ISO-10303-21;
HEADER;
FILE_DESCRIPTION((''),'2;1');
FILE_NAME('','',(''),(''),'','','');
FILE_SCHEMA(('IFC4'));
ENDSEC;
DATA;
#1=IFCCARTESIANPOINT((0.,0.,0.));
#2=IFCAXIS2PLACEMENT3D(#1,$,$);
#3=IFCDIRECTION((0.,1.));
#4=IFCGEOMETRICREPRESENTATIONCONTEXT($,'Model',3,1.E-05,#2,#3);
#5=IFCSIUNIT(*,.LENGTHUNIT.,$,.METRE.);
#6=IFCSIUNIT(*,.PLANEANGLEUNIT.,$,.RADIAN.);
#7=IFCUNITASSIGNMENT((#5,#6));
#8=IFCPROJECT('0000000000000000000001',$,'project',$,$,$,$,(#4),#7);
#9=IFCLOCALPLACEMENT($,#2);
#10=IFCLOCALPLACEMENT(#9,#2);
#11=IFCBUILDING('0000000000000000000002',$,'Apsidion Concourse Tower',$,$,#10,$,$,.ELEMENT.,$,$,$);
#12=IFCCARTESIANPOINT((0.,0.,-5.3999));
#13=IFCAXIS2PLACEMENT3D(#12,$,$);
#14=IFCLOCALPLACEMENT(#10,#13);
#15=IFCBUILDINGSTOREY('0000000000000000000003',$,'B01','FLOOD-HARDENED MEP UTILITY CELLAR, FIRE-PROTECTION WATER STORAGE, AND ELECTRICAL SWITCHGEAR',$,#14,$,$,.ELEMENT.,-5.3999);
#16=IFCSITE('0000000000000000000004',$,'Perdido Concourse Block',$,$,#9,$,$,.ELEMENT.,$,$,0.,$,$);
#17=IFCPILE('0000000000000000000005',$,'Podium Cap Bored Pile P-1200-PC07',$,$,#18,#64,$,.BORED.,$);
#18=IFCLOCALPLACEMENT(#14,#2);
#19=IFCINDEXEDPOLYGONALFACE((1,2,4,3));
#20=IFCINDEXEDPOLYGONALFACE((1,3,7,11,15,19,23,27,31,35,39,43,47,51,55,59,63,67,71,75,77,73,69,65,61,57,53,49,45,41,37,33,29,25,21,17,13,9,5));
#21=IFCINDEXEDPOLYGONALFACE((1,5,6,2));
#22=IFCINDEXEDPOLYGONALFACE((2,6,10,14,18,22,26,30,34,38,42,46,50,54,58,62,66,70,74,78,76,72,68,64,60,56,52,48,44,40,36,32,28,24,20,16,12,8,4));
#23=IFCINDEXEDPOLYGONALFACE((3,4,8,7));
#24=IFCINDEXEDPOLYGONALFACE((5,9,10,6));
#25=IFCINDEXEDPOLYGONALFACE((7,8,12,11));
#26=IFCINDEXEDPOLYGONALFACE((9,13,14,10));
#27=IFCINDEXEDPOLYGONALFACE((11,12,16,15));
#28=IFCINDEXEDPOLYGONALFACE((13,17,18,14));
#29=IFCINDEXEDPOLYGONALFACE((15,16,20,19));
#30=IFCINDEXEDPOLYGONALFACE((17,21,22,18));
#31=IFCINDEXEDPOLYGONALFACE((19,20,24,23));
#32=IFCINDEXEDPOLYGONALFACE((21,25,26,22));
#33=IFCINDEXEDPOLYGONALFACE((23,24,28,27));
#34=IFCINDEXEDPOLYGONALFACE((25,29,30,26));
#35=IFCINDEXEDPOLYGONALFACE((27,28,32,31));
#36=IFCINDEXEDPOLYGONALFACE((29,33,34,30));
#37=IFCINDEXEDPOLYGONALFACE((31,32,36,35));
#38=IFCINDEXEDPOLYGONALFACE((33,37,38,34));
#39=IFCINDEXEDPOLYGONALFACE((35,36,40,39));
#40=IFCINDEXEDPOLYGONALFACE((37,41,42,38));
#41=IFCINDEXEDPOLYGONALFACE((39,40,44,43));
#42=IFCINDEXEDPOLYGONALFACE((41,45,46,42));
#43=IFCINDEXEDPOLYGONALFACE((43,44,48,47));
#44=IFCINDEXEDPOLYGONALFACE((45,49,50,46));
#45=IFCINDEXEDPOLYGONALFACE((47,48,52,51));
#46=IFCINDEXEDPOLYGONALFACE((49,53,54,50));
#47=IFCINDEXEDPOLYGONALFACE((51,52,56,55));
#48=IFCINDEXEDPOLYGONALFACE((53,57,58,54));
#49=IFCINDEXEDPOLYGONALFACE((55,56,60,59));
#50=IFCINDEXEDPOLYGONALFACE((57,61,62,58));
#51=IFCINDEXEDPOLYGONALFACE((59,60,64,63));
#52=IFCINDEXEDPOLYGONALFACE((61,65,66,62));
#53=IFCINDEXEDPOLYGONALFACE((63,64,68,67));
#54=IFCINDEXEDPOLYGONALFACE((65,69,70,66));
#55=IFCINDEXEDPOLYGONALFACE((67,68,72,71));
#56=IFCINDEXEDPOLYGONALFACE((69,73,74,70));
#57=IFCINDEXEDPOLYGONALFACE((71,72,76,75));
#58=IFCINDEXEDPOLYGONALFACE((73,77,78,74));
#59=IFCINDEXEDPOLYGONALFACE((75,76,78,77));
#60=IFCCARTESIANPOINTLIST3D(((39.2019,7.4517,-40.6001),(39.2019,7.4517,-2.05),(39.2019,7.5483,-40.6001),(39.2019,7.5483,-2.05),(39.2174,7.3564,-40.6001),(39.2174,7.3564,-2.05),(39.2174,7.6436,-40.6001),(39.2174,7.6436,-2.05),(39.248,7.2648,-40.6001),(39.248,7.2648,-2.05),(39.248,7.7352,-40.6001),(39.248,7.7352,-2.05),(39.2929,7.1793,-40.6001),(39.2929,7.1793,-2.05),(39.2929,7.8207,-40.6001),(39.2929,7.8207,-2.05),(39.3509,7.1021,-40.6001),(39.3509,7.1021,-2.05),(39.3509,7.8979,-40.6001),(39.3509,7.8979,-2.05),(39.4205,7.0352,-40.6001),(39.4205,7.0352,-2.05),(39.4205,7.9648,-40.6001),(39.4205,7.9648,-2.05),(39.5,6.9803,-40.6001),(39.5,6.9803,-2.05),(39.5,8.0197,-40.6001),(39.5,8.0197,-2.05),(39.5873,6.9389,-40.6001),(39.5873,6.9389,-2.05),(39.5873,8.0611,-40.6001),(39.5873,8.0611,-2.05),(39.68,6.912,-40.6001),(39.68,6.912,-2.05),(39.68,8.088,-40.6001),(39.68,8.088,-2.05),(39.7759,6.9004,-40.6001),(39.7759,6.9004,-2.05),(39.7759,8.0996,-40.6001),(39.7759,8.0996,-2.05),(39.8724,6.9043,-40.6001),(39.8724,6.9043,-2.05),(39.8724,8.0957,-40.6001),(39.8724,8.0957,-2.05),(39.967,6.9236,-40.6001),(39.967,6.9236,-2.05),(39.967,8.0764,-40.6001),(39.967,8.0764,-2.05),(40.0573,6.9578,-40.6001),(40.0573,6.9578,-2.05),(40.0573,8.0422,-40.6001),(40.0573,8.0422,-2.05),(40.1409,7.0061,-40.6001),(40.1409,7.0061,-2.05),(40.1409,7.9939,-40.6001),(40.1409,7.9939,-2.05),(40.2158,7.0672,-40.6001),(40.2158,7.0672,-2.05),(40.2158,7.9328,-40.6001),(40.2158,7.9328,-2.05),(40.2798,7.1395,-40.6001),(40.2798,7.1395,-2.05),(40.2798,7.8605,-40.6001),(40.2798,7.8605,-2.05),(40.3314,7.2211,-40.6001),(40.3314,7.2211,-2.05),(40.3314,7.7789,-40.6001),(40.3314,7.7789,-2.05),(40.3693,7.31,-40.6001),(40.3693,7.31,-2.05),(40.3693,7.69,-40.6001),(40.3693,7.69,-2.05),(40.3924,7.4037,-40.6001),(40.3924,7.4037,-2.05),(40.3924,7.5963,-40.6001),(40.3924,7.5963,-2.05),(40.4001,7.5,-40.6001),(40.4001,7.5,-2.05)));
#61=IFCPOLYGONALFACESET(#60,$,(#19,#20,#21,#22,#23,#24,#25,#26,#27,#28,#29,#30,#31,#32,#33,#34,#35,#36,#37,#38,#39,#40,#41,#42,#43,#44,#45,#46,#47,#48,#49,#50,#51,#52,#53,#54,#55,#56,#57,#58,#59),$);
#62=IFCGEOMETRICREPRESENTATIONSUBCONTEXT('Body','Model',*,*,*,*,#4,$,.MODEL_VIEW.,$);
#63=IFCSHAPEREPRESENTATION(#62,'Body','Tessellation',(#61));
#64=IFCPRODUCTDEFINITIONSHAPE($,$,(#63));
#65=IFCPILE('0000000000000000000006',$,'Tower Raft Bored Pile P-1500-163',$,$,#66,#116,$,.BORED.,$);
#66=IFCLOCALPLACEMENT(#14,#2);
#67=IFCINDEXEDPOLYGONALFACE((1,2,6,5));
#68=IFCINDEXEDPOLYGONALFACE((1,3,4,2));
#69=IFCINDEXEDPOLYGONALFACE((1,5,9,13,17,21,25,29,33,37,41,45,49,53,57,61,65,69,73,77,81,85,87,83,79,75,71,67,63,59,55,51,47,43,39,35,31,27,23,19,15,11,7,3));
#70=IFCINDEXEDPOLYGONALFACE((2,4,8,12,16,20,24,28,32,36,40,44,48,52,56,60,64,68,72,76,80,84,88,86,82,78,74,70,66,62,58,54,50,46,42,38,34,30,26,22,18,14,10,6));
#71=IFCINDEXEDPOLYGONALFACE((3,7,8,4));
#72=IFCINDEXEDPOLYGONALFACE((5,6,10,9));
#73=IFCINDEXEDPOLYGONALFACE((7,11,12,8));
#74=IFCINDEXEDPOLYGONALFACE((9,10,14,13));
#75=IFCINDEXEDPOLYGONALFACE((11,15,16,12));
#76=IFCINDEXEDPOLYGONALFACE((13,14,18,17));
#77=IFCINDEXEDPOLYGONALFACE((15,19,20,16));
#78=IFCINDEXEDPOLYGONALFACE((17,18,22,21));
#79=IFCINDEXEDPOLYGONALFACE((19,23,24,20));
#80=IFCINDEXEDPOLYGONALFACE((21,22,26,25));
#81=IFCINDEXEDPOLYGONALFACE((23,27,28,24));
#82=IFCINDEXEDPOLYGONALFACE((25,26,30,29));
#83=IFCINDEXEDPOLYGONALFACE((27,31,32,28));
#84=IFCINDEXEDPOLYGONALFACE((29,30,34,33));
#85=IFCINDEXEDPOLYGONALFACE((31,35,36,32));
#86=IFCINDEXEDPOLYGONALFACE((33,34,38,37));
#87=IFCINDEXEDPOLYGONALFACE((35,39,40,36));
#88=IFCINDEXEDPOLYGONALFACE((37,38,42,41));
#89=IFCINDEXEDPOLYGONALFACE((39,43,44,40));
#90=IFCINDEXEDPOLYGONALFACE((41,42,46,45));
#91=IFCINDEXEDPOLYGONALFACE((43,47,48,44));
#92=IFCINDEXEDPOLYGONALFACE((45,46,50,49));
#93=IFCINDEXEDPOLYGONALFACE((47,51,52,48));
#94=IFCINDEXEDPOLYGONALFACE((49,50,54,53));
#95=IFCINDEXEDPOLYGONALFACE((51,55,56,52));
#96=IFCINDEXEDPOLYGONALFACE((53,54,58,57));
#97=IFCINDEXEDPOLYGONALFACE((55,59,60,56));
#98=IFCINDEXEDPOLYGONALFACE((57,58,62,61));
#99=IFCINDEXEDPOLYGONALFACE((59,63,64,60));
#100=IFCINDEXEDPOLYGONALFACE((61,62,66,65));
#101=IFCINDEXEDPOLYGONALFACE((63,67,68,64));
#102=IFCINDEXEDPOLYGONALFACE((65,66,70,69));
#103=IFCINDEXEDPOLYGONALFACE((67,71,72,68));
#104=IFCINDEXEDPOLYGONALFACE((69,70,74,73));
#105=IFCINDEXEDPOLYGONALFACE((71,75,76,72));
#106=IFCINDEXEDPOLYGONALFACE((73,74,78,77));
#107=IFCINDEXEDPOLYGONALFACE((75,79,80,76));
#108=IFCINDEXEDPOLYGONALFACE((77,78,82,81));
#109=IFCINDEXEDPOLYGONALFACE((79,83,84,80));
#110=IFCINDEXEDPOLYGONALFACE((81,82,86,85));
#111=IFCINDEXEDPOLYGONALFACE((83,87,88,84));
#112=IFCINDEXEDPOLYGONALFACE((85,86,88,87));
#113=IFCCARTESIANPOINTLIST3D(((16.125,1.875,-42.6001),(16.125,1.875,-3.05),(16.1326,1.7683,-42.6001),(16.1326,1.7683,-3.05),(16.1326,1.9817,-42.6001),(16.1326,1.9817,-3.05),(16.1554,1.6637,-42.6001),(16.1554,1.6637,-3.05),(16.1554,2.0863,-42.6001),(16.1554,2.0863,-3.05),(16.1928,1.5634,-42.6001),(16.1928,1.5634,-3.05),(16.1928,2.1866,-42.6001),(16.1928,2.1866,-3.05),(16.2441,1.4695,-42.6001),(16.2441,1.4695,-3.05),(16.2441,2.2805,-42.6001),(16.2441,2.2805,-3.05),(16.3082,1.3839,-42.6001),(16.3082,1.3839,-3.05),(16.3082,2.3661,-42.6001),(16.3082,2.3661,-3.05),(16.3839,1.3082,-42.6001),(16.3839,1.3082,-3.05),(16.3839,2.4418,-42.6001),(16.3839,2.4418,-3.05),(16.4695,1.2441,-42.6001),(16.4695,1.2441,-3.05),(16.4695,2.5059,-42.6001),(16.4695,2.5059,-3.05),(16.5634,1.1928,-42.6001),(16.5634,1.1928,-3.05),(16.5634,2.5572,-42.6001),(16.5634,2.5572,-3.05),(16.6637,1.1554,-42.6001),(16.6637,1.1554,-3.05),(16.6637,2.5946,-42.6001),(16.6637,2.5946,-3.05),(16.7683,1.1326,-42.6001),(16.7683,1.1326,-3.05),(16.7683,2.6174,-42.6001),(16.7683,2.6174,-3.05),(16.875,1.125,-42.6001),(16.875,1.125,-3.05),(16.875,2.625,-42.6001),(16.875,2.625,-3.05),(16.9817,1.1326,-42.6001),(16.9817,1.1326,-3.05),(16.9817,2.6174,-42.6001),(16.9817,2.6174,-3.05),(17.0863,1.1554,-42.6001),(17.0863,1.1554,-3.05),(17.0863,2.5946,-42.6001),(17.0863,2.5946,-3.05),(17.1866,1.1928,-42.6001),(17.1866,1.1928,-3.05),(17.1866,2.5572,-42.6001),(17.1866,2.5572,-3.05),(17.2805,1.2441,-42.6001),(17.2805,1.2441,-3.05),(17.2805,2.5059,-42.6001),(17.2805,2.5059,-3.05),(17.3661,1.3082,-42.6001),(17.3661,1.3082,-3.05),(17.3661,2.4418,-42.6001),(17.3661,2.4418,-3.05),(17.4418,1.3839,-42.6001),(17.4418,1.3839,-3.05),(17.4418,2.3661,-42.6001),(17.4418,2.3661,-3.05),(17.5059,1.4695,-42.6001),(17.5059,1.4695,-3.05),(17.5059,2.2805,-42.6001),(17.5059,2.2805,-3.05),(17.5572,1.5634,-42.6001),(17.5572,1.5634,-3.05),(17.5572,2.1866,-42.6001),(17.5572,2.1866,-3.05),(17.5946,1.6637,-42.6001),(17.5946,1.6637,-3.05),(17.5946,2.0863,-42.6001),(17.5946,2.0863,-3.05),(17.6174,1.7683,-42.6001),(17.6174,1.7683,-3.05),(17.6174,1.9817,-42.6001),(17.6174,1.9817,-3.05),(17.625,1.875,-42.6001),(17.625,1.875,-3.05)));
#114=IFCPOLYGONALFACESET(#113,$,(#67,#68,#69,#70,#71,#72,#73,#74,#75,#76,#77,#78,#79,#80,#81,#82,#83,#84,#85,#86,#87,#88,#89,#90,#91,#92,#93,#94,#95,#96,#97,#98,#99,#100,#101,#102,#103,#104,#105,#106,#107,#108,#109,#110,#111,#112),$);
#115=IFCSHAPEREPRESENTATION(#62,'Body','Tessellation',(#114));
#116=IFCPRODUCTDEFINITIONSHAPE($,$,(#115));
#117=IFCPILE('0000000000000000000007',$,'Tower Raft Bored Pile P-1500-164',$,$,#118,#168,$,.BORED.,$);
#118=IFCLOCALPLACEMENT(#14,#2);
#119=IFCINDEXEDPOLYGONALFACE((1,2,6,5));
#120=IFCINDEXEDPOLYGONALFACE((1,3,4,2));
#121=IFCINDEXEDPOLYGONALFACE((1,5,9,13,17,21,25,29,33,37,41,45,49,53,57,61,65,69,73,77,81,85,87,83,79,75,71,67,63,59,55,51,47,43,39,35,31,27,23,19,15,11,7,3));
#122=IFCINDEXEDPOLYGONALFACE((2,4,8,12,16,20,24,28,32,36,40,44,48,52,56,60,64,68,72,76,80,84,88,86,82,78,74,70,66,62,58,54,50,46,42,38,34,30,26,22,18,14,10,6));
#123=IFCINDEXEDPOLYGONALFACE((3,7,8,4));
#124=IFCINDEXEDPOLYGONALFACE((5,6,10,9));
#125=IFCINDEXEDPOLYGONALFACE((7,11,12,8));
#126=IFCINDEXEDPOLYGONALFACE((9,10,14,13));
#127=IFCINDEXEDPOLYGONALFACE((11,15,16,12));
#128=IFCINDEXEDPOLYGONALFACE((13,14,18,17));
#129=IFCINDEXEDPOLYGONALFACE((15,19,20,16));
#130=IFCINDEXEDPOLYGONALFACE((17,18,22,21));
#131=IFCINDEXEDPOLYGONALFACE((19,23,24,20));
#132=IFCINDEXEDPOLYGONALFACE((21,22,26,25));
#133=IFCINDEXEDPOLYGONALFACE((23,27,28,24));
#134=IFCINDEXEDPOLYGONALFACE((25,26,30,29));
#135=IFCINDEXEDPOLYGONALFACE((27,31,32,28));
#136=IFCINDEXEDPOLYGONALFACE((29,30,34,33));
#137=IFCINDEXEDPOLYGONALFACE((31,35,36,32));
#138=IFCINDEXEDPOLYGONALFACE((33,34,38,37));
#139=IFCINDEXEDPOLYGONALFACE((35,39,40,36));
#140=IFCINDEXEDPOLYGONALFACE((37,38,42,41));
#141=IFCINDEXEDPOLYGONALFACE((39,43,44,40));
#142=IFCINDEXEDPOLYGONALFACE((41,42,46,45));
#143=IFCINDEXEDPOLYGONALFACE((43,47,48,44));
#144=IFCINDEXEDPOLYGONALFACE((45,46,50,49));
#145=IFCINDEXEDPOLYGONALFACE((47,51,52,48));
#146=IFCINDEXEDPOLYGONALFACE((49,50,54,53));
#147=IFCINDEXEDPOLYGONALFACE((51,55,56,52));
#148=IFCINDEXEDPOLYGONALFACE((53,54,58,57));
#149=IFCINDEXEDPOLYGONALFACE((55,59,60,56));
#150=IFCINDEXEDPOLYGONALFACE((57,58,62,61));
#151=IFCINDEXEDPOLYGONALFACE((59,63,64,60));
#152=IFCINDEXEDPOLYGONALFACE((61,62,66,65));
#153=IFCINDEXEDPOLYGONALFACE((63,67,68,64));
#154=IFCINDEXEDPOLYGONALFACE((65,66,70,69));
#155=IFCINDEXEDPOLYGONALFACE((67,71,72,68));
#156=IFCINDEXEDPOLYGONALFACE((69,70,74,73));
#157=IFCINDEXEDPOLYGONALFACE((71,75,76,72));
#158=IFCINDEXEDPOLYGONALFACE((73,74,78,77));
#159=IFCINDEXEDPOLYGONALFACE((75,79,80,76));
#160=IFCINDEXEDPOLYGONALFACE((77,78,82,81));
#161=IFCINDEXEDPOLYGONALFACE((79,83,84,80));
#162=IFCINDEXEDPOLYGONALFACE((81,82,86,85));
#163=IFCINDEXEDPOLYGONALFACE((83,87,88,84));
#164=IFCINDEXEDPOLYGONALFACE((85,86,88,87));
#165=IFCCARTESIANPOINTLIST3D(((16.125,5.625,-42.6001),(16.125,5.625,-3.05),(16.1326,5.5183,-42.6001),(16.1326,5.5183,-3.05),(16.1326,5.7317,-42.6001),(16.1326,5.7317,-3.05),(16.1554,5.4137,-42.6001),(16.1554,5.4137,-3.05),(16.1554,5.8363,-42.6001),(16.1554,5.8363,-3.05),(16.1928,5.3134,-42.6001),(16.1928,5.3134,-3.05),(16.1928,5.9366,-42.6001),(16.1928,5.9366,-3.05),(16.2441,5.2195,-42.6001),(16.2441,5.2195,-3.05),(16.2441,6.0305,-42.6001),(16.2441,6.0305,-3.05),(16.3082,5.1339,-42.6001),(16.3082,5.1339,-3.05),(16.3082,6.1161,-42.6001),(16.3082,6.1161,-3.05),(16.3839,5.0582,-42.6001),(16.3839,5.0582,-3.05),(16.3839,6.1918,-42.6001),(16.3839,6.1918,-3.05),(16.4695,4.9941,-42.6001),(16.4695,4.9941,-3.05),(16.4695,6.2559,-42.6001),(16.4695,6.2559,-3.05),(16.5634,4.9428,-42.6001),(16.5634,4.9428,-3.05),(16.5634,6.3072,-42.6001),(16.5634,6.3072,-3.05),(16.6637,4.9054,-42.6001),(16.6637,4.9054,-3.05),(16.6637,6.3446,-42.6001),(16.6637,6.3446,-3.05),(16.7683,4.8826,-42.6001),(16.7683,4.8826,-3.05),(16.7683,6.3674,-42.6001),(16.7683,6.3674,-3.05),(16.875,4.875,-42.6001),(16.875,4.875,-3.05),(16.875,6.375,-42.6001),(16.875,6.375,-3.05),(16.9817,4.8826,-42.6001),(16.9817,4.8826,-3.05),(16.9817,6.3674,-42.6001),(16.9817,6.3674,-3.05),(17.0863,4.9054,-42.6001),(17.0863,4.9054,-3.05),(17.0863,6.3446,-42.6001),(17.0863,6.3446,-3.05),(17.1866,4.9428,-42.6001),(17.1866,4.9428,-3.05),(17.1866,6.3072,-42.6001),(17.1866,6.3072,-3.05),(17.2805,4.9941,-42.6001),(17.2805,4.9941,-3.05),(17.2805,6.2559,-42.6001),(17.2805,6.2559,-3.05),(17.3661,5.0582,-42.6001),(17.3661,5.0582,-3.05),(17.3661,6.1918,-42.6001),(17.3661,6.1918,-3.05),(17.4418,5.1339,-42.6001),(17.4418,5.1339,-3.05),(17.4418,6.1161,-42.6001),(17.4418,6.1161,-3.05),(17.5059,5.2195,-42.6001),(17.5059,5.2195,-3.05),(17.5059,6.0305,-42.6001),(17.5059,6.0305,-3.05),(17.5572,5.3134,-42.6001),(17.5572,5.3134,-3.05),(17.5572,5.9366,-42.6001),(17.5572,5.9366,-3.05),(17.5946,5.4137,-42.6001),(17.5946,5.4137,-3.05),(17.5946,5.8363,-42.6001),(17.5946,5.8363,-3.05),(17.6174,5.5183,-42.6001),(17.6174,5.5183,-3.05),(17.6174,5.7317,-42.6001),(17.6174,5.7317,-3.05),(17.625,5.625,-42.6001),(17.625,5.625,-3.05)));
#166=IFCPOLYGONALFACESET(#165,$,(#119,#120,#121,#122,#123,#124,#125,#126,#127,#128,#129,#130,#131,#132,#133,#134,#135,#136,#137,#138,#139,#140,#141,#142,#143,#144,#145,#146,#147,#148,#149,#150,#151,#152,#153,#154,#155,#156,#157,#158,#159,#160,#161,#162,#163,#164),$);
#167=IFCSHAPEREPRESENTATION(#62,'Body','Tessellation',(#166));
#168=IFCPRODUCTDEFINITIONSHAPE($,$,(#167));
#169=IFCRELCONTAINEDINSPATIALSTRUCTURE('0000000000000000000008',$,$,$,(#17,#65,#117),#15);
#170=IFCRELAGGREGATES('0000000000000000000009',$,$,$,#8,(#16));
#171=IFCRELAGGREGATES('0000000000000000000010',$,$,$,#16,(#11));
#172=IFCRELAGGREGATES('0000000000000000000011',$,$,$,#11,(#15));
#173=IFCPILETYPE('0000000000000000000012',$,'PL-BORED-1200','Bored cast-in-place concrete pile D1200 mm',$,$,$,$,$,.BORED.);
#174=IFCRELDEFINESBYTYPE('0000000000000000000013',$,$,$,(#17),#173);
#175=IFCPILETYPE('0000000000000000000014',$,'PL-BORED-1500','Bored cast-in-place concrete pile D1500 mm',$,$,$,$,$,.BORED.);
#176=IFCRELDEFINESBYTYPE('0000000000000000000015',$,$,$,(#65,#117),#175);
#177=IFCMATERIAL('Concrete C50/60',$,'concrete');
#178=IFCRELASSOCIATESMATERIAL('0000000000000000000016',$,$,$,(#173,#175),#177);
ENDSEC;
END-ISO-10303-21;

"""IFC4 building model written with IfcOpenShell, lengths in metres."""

from ifc_helpers import new_model, si_unit, direction, frame, origin, origin_2d, place, context, subcontext, project, spatial, circle, extrude, material, material_profile, profile_set, type_object, element, save


model = new_model("IFC4")

# Units and contexts
model_context = context("Model", 3, precision=1e-05, world=origin(), true_north=direction((0.0, 1.0)))
body_context = subcontext(model_context, "Body", "Model", "MODEL_VIEW")
ifc_project = project(units=[si_unit("LENGTHUNIT", "METRE"), si_unit("PLANEANGLEUNIT", "RADIAN")], contexts=[model_context])

# Site, building, storey
site_placement = place(None, origin())
site = spatial("IfcSite", under=ifc_project, at=site_placement, Name="Perdido Concourse Block", CompositionType="ELEMENT", RefElevation=0.0)
building_placement = place(site_placement, origin())
building = spatial("IfcBuilding", under=site, at=building_placement, Name="Apsidion Concourse Tower", CompositionType="ELEMENT")
storey_placement = place(building_placement, frame((0.0, 0.0, -5.3999)))
storey = spatial("IfcBuildingStorey", under=building, at=storey_placement, Name="B01", Description="FLOOD-HARDENED MEP UTILITY CELLAR, FIRE-PROTECTION WATER STORAGE, AND ELECTRICAL SWITCHGEAR", CompositionType="ELEMENT", Elevation=-5.3999)

# Shared definitions
ifc_material_1 = material(Name="Concrete C50/60", Category="concrete")

# Piles
ifc_material_profile_1 = material_profile(ifc_material_1, circle(Radius=0.6001, at=origin_2d()), Name="BORED PILE D1200")
ifc_profile_set_1 = profile_set([ifc_material_profile_1], Name="Concrete C50/60")
pile_type_1 = type_object("IfcPileType", Name="PL-BORED-1200", Description="Bored cast-in-place concrete pile D1200 mm", PredefinedType="BORED", material=ifc_profile_set_1)
for number, where, z_axis, x_axis, name in (
    (1, (39.8, 7.5, -2.05), (0.0, 0.0, -1.0), (1.0, 0.0, 0.0), "Podium Cap Bored Pile P-1200-PC07"),
):
    element("IfcPile", number, at=place(storey_placement, frame(where, z_axis=z_axis, x_axis=x_axis)), inside=storey, type_object=pile_type_1, Name=name, PredefinedType="BORED", context=body_context, shape_type="SweptSolid", body=[
        extrude(circle(Radius=0.6001, at=origin_2d()), origin(), (0.0, 0.0, 1.0), 38.55),
    ])
ifc_material_profile_2 = material_profile(ifc_material_1, circle(Radius=0.75, at=origin_2d()), Name="BORED PILE D1500")
ifc_profile_set_2 = profile_set([ifc_material_profile_2], Name="Concrete C50/60")
pile_type_2 = type_object("IfcPileType", Name="PL-BORED-1500", Description="Bored cast-in-place concrete pile D1500 mm", PredefinedType="BORED", material=ifc_profile_set_2)
for number, where, z_axis, x_axis, name in (
    (2, (16.875, 1.875, -3.05), (0.0, 0.0, -1.0), (1.0, 0.0, 0.0), "Tower Raft Bored Pile P-1500-163"),
    (3, (16.875, 5.625, -3.05), (0.0, 0.0, -1.0), (1.0, 0.0, 0.0), "Tower Raft Bored Pile P-1500-164"),
):
    element("IfcPile", number, at=place(storey_placement, frame(where, z_axis=z_axis, x_axis=x_axis)), inside=storey, type_object=pile_type_2, Name=name, PredefinedType="BORED", context=body_context, shape_type="SweptSolid", body=[
        extrude(circle(Radius=0.75, at=origin_2d()), origin(), (0.0, 0.0, 1.0), 39.55),
    ])

save(model, "model.ifc")
